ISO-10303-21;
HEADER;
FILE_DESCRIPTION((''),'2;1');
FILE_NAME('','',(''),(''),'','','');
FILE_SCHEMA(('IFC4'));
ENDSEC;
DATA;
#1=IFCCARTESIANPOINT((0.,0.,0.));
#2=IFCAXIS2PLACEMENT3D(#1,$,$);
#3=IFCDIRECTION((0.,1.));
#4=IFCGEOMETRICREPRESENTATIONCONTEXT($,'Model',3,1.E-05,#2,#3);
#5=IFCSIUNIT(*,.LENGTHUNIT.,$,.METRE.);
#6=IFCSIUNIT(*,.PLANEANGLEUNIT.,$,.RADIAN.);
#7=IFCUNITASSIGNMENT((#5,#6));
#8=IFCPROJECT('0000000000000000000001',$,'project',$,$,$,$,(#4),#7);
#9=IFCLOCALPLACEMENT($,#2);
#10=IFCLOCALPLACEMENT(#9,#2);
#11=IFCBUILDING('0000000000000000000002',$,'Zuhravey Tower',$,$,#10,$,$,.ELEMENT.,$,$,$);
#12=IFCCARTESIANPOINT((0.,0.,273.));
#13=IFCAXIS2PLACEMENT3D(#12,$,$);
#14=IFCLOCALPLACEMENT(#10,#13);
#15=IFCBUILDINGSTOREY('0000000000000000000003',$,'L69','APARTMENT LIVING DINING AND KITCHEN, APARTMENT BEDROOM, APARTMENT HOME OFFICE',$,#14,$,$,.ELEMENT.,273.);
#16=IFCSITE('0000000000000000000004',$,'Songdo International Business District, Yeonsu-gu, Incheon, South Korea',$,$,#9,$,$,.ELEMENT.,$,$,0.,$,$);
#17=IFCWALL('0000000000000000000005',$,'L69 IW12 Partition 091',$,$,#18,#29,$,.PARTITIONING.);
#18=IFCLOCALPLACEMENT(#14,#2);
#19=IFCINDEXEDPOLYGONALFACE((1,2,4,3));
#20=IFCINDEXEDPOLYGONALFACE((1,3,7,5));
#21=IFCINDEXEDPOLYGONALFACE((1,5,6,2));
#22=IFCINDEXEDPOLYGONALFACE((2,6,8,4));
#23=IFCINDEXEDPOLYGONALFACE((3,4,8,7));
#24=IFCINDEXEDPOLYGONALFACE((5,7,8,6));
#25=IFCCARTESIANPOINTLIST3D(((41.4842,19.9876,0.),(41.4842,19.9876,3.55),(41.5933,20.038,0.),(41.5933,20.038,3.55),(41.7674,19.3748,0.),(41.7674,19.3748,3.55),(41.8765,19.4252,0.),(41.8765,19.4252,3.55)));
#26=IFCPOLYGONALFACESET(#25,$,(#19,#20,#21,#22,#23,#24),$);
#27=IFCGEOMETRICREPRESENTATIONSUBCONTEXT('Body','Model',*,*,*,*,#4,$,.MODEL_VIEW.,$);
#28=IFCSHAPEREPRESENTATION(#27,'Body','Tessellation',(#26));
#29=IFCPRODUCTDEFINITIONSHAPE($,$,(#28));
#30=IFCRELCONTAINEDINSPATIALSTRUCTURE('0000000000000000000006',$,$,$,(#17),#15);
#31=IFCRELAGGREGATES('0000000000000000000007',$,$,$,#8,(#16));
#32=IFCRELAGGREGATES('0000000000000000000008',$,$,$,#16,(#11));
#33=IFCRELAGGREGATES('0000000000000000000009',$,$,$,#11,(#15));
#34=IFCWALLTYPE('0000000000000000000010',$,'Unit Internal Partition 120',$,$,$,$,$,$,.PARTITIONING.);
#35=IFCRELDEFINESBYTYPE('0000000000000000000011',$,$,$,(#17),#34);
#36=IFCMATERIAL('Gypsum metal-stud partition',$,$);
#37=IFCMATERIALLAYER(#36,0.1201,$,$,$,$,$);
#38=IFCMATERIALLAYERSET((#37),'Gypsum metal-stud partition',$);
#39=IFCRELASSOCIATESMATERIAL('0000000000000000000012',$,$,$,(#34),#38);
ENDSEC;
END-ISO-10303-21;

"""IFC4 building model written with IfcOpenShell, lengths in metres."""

from ifc_helpers import new_model, si_unit, direction, frame, frame_2d, origin, place, context, subcontext, project, spatial, rectangle, extrude, material, layer, layer_set, type_object, element, save


model = new_model("IFC4")

# Units and contexts
model_context = context("Model", 3, precision=1e-05, world=origin(), true_north=direction((0.0, 1.0)))
body_context = subcontext(model_context, "Body", "Model", "MODEL_VIEW")
ifc_project = project(units=[si_unit("LENGTHUNIT", "METRE"), si_unit("PLANEANGLEUNIT", "RADIAN")], contexts=[model_context])

# Site, building, storey
site_placement = place(None, origin())
site = spatial("IfcSite", under=ifc_project, at=site_placement, Name="Songdo International Business District, Yeonsu-gu, Incheon, South Korea", CompositionType="ELEMENT", RefElevation=0.0)
building_placement = place(site_placement, origin())
building = spatial("IfcBuilding", under=site, at=building_placement, Name="Zuhravey Tower", CompositionType="ELEMENT")
storey_placement = place(building_placement, frame((0.0, 0.0, 273.0)))
storey = spatial("IfcBuildingStorey", under=building, at=storey_placement, Name="L69", Description="APARTMENT LIVING DINING AND KITCHEN, APARTMENT BEDROOM, APARTMENT HOME OFFICE", CompositionType="ELEMENT", Elevation=273.0)

# Wall
ifc_material_1 = material(Name="Gypsum metal-stud partition")
ifc_layer_1 = layer(ifc_material_1, 0.1201)
ifc_layer_set_1 = layer_set([ifc_layer_1], Name="Gypsum metal-stud partition")
wall_type_1 = type_object("IfcWallType", Name="Unit Internal Partition 120", PredefinedType="PARTITIONING", material=ifc_layer_set_1)
wall_1_placement = place(storey_placement, frame((41.5388, 20.0127, 0.0), z_axis=(0.0, 0.0, 1.0), x_axis=(0.419517, -0.907748, 0.0)))
element("IfcWall", 1, at=wall_1_placement, inside=storey, type_object=wall_type_1, Name="L69 IW12 Partition 091", PredefinedType="PARTITIONING", context=body_context, shape_type="SweptSolid", body=[
    extrude(rectangle(XDim=0.675, YDim=0.1201, at=frame_2d((0.3374, 0.0))), origin(), (0.0, 0.0, 1.0), 3.55),
])

save(model, "model.ifc")
